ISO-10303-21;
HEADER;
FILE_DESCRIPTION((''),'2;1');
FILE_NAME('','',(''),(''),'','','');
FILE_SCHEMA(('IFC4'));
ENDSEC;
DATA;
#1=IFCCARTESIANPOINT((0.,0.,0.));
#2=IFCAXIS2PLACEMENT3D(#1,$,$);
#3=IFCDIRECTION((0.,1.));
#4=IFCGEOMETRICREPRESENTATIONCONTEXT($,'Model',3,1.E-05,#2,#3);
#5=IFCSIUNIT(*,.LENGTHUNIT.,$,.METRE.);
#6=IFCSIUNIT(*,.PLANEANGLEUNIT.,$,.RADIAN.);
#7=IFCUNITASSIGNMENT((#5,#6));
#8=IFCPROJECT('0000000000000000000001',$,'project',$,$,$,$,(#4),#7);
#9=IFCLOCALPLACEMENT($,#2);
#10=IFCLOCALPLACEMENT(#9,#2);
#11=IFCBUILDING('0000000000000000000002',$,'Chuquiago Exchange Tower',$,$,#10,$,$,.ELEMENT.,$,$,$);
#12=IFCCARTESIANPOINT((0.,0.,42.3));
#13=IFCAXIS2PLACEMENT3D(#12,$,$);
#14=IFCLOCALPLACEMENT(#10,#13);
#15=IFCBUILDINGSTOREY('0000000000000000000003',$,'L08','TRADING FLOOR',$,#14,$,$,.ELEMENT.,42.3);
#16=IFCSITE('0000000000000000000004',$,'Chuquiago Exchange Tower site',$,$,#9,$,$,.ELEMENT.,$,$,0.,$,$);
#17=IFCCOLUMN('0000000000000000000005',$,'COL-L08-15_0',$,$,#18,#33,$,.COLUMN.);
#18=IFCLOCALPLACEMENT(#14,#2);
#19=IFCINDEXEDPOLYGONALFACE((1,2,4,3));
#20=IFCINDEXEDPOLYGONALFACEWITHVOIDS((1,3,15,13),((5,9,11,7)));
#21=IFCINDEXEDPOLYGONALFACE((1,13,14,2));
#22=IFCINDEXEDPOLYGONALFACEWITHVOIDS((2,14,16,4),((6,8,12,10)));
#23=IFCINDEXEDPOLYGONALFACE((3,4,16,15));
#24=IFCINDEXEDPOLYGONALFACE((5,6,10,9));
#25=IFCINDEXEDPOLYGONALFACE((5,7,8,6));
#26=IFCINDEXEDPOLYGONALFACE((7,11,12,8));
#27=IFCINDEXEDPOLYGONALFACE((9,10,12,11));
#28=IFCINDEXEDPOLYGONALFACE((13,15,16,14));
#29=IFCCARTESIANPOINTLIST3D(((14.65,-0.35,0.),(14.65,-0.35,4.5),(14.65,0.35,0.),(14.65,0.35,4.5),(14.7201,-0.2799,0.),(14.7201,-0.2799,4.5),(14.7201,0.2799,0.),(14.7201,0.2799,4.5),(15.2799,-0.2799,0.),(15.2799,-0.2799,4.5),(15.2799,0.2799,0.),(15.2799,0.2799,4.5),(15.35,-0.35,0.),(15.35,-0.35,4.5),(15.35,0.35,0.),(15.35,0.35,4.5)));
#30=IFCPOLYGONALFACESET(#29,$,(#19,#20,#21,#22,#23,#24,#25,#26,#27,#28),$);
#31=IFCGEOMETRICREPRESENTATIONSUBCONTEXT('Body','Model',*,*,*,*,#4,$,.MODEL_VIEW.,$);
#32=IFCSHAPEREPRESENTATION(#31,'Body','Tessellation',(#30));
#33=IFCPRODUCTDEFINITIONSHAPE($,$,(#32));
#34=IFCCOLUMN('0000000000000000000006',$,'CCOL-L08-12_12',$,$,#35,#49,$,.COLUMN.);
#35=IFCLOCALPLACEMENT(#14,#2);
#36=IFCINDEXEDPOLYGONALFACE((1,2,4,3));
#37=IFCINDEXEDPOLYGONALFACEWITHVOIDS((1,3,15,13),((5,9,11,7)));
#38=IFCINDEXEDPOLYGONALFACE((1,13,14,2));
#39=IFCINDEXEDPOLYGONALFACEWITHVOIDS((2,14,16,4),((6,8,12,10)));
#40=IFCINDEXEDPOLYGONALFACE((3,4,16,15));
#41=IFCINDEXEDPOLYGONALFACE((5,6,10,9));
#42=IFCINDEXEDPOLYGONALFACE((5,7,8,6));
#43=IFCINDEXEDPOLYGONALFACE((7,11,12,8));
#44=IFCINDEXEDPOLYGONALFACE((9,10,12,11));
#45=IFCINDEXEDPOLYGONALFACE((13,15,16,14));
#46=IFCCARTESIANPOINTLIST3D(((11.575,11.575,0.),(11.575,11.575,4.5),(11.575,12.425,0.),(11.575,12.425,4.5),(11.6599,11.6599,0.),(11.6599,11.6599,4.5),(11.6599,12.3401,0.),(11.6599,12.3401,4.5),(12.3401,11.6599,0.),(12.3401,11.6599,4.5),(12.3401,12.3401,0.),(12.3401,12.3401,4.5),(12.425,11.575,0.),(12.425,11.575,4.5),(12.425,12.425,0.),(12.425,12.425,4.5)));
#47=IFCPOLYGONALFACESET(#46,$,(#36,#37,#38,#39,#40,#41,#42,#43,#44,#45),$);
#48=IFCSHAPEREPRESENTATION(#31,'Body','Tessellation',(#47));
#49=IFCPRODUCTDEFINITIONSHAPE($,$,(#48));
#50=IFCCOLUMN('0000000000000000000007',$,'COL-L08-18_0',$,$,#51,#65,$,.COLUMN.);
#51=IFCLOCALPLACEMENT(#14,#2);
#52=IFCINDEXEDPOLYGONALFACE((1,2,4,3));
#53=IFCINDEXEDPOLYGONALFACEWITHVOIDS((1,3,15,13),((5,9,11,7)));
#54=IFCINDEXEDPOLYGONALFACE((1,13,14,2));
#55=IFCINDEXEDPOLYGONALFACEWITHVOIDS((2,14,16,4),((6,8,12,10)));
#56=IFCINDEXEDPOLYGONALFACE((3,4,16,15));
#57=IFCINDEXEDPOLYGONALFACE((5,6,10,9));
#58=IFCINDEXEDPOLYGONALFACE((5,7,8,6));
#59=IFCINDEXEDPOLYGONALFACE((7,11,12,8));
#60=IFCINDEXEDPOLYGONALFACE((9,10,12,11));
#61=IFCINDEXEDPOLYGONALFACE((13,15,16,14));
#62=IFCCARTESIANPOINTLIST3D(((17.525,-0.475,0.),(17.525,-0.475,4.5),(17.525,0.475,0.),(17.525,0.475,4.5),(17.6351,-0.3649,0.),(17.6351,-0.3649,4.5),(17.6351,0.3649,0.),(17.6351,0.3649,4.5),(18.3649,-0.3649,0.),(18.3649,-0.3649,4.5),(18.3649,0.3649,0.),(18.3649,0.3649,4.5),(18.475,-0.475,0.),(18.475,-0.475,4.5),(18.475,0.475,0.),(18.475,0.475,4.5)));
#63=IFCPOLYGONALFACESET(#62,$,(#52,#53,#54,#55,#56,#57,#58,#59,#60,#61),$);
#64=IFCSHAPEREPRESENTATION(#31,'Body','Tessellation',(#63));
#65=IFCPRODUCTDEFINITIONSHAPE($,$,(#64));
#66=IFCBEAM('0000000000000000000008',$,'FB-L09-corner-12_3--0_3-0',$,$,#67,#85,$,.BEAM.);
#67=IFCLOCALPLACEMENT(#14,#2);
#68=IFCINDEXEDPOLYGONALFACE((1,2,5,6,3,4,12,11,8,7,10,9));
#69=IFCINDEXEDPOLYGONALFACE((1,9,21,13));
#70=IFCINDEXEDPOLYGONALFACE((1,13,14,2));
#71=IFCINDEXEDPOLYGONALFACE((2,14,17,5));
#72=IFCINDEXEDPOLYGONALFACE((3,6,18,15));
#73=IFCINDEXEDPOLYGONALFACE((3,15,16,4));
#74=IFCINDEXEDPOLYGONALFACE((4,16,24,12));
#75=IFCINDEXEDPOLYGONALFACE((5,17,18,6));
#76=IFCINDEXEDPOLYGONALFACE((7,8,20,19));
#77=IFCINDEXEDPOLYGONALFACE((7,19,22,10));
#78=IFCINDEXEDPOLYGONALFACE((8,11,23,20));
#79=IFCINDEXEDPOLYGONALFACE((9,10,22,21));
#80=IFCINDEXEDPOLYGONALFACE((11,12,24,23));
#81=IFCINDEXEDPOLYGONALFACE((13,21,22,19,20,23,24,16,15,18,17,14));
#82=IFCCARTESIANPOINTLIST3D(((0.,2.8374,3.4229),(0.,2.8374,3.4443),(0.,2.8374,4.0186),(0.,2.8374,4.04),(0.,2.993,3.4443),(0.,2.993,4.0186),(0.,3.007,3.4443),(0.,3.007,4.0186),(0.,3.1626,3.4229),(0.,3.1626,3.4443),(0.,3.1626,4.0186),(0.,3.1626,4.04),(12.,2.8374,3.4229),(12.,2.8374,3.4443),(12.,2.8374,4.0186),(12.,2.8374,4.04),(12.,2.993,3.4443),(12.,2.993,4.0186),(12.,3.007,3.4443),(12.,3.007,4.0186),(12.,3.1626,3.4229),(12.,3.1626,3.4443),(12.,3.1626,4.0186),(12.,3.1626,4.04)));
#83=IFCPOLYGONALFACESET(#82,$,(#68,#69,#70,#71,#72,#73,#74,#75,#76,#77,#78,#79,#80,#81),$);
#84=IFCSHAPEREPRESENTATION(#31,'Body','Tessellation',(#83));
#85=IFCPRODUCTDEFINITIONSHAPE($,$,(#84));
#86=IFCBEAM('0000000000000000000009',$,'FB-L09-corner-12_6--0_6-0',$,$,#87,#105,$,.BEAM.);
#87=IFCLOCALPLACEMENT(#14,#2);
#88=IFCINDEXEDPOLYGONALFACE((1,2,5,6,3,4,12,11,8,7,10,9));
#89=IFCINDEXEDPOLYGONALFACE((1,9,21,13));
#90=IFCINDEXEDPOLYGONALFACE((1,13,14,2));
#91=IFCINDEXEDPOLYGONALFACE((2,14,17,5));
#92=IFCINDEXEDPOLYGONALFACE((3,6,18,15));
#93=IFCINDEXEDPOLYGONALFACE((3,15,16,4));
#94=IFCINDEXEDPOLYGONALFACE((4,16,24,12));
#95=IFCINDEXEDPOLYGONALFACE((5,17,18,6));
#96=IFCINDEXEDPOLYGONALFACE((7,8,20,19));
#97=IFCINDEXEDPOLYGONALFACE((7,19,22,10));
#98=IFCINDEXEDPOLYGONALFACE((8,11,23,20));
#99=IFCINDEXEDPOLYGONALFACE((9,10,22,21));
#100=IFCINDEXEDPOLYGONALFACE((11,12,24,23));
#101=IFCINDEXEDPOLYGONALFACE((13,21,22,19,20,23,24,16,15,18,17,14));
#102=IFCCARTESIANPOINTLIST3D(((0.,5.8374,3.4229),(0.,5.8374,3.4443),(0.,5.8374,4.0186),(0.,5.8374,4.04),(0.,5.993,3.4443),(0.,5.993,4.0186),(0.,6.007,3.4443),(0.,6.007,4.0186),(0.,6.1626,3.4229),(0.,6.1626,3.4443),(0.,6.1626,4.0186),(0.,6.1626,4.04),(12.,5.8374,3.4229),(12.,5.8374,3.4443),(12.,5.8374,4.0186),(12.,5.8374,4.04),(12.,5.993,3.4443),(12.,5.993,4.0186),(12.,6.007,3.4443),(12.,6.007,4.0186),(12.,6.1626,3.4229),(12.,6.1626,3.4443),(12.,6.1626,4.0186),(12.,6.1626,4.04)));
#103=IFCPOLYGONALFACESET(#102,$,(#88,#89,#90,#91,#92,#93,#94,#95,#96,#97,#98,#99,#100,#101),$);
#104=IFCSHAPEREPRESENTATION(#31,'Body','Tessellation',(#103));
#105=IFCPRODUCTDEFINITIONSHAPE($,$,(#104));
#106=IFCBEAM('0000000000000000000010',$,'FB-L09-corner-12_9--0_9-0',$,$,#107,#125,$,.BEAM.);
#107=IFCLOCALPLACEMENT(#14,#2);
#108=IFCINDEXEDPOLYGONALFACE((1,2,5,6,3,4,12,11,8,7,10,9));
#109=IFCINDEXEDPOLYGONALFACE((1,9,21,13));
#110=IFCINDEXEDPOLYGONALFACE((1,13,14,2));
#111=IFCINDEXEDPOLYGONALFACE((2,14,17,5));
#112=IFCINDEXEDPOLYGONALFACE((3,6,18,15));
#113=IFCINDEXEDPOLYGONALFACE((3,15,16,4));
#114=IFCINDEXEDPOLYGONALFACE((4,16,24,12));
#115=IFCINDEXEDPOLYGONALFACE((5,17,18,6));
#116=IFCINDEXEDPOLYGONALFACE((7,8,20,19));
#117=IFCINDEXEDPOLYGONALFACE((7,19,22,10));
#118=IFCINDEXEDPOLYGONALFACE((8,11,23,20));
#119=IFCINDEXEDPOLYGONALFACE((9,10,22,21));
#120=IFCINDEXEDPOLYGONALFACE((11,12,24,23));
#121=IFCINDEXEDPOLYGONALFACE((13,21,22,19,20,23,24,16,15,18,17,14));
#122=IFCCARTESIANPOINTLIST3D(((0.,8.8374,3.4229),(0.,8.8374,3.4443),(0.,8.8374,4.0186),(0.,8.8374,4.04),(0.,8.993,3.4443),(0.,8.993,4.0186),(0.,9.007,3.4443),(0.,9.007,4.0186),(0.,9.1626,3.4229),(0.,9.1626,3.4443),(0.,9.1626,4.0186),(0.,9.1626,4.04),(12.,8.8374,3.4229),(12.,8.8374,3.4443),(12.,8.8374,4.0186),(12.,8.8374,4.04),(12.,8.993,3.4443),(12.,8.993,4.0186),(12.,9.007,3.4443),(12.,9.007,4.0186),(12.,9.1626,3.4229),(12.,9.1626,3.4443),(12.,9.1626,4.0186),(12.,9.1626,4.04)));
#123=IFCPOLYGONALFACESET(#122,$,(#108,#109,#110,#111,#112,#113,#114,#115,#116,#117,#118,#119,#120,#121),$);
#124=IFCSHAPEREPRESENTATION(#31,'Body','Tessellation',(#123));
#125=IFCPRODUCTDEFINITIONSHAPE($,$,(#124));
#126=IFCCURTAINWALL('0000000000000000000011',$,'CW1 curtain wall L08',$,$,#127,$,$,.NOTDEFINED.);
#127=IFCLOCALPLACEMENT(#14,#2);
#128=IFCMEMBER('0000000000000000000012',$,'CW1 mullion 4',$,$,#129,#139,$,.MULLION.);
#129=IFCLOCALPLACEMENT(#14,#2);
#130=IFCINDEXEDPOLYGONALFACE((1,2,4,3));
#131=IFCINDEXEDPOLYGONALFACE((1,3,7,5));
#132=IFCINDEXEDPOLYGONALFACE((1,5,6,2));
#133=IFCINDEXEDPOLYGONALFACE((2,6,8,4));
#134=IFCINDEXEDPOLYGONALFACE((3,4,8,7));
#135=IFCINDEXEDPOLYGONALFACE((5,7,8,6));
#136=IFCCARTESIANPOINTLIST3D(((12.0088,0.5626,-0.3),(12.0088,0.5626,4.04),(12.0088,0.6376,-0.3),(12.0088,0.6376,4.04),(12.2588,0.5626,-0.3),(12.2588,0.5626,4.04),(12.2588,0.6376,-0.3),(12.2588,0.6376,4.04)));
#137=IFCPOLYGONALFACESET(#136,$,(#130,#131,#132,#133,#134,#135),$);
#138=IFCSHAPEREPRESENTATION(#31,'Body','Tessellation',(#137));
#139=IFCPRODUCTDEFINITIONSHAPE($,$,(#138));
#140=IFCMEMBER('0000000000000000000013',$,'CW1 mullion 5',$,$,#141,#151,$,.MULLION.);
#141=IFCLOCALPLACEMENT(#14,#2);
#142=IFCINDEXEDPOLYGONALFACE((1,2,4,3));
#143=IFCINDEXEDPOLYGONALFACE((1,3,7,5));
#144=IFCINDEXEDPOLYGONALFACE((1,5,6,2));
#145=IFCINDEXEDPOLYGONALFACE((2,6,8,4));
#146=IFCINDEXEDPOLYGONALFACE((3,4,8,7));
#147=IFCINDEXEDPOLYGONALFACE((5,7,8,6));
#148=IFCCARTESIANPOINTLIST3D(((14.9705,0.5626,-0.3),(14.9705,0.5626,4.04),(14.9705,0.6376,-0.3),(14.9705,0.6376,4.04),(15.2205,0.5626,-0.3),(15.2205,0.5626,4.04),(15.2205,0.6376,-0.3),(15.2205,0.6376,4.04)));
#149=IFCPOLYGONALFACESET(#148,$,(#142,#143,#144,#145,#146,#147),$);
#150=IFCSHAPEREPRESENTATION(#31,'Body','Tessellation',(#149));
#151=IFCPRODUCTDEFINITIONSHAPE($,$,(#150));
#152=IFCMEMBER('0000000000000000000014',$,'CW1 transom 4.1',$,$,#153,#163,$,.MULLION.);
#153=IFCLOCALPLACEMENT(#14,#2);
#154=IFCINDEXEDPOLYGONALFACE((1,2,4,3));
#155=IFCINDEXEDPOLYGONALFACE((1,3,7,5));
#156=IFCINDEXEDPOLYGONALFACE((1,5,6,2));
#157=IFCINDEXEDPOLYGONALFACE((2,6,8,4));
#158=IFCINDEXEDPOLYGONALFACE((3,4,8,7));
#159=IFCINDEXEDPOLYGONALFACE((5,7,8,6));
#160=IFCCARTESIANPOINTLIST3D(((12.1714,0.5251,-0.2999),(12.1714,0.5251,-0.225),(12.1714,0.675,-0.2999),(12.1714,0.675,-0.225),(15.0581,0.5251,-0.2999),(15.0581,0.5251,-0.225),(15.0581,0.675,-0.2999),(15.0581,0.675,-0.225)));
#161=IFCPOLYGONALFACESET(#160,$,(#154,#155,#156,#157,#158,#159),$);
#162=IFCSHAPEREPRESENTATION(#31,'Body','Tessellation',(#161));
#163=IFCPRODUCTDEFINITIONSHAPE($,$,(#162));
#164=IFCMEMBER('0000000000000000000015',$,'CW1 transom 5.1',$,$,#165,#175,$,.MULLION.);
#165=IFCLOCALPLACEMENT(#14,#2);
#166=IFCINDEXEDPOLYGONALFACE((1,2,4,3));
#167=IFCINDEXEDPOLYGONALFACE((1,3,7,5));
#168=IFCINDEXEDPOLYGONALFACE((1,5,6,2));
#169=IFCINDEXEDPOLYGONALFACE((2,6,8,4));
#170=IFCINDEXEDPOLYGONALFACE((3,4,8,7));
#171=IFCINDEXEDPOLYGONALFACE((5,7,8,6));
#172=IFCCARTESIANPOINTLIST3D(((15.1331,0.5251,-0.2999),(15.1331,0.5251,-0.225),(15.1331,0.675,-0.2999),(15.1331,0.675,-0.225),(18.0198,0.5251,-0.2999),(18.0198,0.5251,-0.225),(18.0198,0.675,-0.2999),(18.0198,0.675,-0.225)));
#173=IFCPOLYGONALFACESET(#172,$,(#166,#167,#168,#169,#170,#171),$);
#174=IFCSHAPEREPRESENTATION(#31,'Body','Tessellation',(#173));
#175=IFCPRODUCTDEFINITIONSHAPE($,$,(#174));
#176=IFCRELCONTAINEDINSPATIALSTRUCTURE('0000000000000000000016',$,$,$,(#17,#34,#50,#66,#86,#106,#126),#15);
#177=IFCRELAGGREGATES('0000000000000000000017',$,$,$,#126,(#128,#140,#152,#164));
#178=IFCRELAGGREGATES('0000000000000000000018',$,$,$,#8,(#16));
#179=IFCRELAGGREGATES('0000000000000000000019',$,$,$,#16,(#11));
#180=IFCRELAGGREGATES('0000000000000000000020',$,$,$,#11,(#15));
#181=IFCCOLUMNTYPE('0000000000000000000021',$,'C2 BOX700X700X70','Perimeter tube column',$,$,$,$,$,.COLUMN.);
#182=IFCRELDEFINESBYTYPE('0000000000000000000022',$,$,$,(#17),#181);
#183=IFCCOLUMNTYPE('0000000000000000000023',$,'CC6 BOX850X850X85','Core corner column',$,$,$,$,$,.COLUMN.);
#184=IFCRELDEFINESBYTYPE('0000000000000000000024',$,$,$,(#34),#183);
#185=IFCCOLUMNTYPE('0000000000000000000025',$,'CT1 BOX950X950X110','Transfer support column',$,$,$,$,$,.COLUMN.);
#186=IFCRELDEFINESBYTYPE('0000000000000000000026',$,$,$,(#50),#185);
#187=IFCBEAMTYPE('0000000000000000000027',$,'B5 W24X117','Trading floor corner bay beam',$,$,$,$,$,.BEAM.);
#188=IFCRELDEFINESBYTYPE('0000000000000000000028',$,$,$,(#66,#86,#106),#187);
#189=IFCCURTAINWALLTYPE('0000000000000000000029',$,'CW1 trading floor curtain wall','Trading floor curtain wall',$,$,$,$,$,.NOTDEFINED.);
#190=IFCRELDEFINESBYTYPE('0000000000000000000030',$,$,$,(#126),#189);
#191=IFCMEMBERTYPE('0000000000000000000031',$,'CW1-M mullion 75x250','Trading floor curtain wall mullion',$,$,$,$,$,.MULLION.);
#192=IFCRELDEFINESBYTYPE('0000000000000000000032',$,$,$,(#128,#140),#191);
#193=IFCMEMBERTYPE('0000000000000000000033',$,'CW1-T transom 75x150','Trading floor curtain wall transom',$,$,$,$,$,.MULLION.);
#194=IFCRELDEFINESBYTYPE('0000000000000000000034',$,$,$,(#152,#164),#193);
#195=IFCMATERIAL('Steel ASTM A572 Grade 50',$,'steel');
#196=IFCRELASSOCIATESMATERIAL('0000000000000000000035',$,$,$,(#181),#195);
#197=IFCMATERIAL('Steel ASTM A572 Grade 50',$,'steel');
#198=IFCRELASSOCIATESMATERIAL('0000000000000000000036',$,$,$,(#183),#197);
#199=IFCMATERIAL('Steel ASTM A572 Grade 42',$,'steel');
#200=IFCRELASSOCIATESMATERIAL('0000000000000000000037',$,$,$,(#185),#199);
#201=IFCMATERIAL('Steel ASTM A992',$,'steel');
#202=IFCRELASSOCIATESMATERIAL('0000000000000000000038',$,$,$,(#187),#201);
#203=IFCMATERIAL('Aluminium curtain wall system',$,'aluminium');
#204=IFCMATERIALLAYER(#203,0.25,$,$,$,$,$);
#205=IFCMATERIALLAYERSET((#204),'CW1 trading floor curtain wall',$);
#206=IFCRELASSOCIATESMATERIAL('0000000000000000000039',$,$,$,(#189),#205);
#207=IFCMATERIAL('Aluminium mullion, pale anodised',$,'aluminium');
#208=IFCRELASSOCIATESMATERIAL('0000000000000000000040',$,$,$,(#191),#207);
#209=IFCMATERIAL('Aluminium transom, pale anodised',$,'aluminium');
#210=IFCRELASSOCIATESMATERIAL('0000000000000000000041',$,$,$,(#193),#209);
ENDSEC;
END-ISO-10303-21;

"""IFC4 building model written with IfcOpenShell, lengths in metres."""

from ifc_helpers import new_model, si_unit, direction, frame, origin, origin_2d, place, context, subcontext, project, spatial, rectangle, hollow_rectangle, i_section, extrude, material, layer, layer_set, material_profile, profile_set, type_object, element, aggregate, save


model = new_model("IFC4")

# Units and contexts
model_context = context("Model", 3, precision=1e-05, world=origin(), true_north=direction((0.0, 1.0)))
body_context = subcontext(model_context, "Body", "Model", "MODEL_VIEW")
ifc_project = project(units=[si_unit("LENGTHUNIT", "METRE"), si_unit("PLANEANGLEUNIT", "RADIAN")], contexts=[model_context])

# Site, building, storey
site_placement = place(None, origin())
site = spatial("IfcSite", under=ifc_project, at=site_placement, Name="Chuquiago Exchange Tower site", CompositionType="ELEMENT", RefElevation=0.0)
building_placement = place(site_placement, origin())
building = spatial("IfcBuilding", under=site, at=building_placement, Name="Chuquiago Exchange Tower", CompositionType="ELEMENT")
storey_placement = place(building_placement, frame((0.0, 0.0, 42.3)))
storey = spatial("IfcBuildingStorey", under=building, at=storey_placement, Name="L08", Description="TRADING FLOOR", CompositionType="ELEMENT", Elevation=42.3)

# Columns
ifc_material_1 = material(Name="Steel ASTM A572 Grade 50", Category="steel")
ifc_material_profile_1 = material_profile(ifc_material_1, hollow_rectangle(XDim=0.7, YDim=0.7, WallThickness=0.0701, at=origin_2d()), Name="BOX700X700X70")
ifc_profile_set_1 = profile_set([ifc_material_profile_1], Name="Steel ASTM A572 Grade 50")
column_type_1 = type_object("IfcColumnType", Name="C2 BOX700X700X70", Description="Perimeter tube column", PredefinedType="COLUMN", material=ifc_profile_set_1)
column_1_placement = place(storey_placement, frame((15.0, 0.0, 0.0), z_axis=(0.0, 0.0, 1.0), x_axis=(0.0, -1.0, 0.0)))
element("IfcColumn", 1, at=column_1_placement, inside=storey, type_object=column_type_1, Name="COL-L08-15_0", PredefinedType="COLUMN", context=body_context, shape_type="SweptSolid", body=[
    extrude(hollow_rectangle(XDim=0.7, YDim=0.7, WallThickness=0.0701, at=origin_2d()), origin(), (0.0, 0.0, 1.0), 4.5),
])
ifc_material_2 = material(Name="Steel ASTM A572 Grade 50", Category="steel")
ifc_material_profile_2 = material_profile(ifc_material_2, hollow_rectangle(XDim=0.8501, YDim=0.8501, WallThickness=0.085, at=origin_2d()), Name="BOX850X850X85")
ifc_profile_set_2 = profile_set([ifc_material_profile_2], Name="Steel ASTM A572 Grade 50")
column_type_2 = type_object("IfcColumnType", Name="CC6 BOX850X850X85", Description="Core corner column", PredefinedType="COLUMN", material=ifc_profile_set_2)
column_2_placement = place(storey_placement, frame((12.0, 12.0, 0.0), z_axis=(0.0, 0.0, 1.0), x_axis=(1.0, 0.0, 0.0)))
element("IfcColumn", 2, at=column_2_placement, inside=storey, type_object=column_type_2, Name="CCOL-L08-12_12", PredefinedType="COLUMN", context=body_context, shape_type="SweptSolid", body=[
    extrude(hollow_rectangle(XDim=0.8501, YDim=0.8501, WallThickness=0.085, at=origin_2d()), origin(), (0.0, 0.0, 1.0), 4.5),
])
ifc_material_3 = material(Name="Steel ASTM A572 Grade 42", Category="steel")
ifc_material_profile_3 = material_profile(ifc_material_3, hollow_rectangle(XDim=0.95, YDim=0.95, WallThickness=0.1101, at=origin_2d()), Name="BOX950X950X110")
ifc_profile_set_3 = profile_set([ifc_material_profile_3], Name="Steel ASTM A572 Grade 42")
column_type_3 = type_object("IfcColumnType", Name="CT1 BOX950X950X110", Description="Transfer support column", PredefinedType="COLUMN", material=ifc_profile_set_3)
column_3_placement = place(storey_placement, frame((18.0, 0.0, 0.0), z_axis=(0.0, 0.0, 1.0), x_axis=(0.0, -1.0, 0.0)))
element("IfcColumn", 3, at=column_3_placement, inside=storey, type_object=column_type_3, Name="COL-L08-18_0", PredefinedType="COLUMN", context=body_context, shape_type="SweptSolid", body=[
    extrude(hollow_rectangle(XDim=0.95, YDim=0.95, WallThickness=0.1101, at=origin_2d()), origin(), (0.0, 0.0, 1.0), 4.5),
])

# Beams
ifc_material_4 = material(Name="Steel ASTM A992", Category="steel")
ifc_material_profile_4 = material_profile(ifc_material_4, i_section(OverallWidth=0.3252, OverallDepth=0.6172, WebThickness=0.0139, FlangeThickness=0.0215, at=origin_2d()), Name="W24X117")
ifc_profile_set_4 = profile_set([ifc_material_profile_4], Name="Steel ASTM A992")
beam_type_1 = type_object("IfcBeamType", Name="B5 W24X117", Description="Trading floor corner bay beam", PredefinedType="BEAM", material=ifc_profile_set_4)
for number, where, z_axis, x_axis, name in (
    (4, (12.0, 3.0, 3.7314), (-1.0, 0.0, 0.0), (0.0, -1.0, 0.0), "FB-L09-corner-12_3--0_3-0"),
    (5, (12.0, 6.0, 3.7314), (-1.0, 0.0, 0.0), (0.0, -1.0, 0.0), "FB-L09-corner-12_6--0_6-0"),
    (6, (12.0, 9.0, 3.7314), (-1.0, 0.0, 0.0), (0.0, -1.0, 0.0), "FB-L09-corner-12_9--0_9-0"),
):
    element("IfcBeam", number, at=place(storey_placement, frame(where, z_axis=z_axis, x_axis=x_axis)), inside=storey, type_object=beam_type_1, Name=name, PredefinedType="BEAM", context=body_context, shape_type="SweptSolid", body=[
        extrude(i_section(OverallWidth=0.3252, OverallDepth=0.6172, WebThickness=0.0139, FlangeThickness=0.0215, at=origin_2d()), origin(), (0.0, 0.0, 1.0), 12.0),
    ])

# Curtain wall, members
ifc_material_5 = material(Name="Aluminium curtain wall system", Category="aluminium")
ifc_layer_1 = layer(ifc_material_5, 0.25)
ifc_layer_set_1 = layer_set([ifc_layer_1], Name="CW1 trading floor curtain wall")
curtain_wall_type = type_object("IfcCurtainWallType", Name="CW1 trading floor curtain wall", Description="Trading floor curtain wall", PredefinedType="NOTDEFINED", material=ifc_layer_set_1)
curtain_wall_placement = place(storey_placement, origin())
curtain_wall = element("IfcCurtainWall", 7, at=curtain_wall_placement, inside=storey, type_object=curtain_wall_type, Name="CW1 curtain wall L08", PredefinedType="NOTDEFINED")
ifc_material_6 = material(Name="Aluminium mullion, pale anodised", Category="aluminium")
ifc_material_profile_5 = material_profile(ifc_material_6, rectangle(XDim=0.075, YDim=0.25, at=origin_2d()), Name="AL 75x250")
ifc_profile_set_5 = profile_set([ifc_material_profile_5], Name="Aluminium mullion, pale anodised")
member_type_1 = type_object("IfcMemberType", Name="CW1-M mullion 75x250", Description="Trading floor curtain wall mullion", PredefinedType="MULLION", material=ifc_profile_set_5)
member_1_placement = place(storey_placement, frame((12.1338, 0.6001, -0.3), z_axis=(0.0, 0.0, 1.0), x_axis=(0.0, 1.0, 0.0)))
member_1 = element("IfcMember", 8, at=member_1_placement, type_object=member_type_1, Name="CW1 mullion 4", PredefinedType="MULLION", context=body_context, shape_type="SweptSolid", body=[
    extrude(rectangle(XDim=0.075, YDim=0.25, at=origin_2d()), origin(), (0.0, 0.0, 1.0), 4.3401),
])
member_2_placement = place(storey_placement, frame((15.0955, 0.6001, -0.3), z_axis=(0.0, 0.0, 1.0), x_axis=(0.0, 1.0, 0.0)))
member_2 = element("IfcMember", 9, at=member_2_placement, type_object=member_type_1, Name="CW1 mullion 5", PredefinedType="MULLION", context=body_context, shape_type="SweptSolid", body=[
    extrude(rectangle(XDim=0.075, YDim=0.25, at=origin_2d()), origin(), (0.0, 0.0, 1.0), 4.3401),
])
ifc_material_7 = material(Name="Aluminium transom, pale anodised", Category="aluminium")
ifc_material_profile_6 = material_profile(ifc_material_7, rectangle(XDim=0.1499, YDim=0.075, at=origin_2d()), Name="AL 150x75")
ifc_profile_set_6 = profile_set([ifc_material_profile_6], Name="Aluminium transom, pale anodised")
member_type_2 = type_object("IfcMemberType", Name="CW1-T transom 75x150", Description="Trading floor curtain wall transom", PredefinedType="MULLION", material=ifc_profile_set_6)
member_3_placement = place(storey_placement, frame((12.1714, 0.6001, -0.2625), z_axis=(1.0, 0.0, 0.0), x_axis=(0.0, 1.0, 0.0)))
member_3 = element("IfcMember", 10, at=member_3_placement, type_object=member_type_2, Name="CW1 transom 4.1", PredefinedType="MULLION", context=body_context, shape_type="SweptSolid", body=[
    extrude(rectangle(XDim=0.1499, YDim=0.075, at=origin_2d()), origin(), (0.0, 0.0, 1.0), 2.8867),
])
member_4_placement = place(storey_placement, frame((15.1331, 0.6001, -0.2625), z_axis=(1.0, 0.0, 0.0), x_axis=(0.0, 1.0, 0.0)))
member_4 = element("IfcMember", 11, at=member_4_placement, type_object=member_type_2, Name="CW1 transom 5.1", PredefinedType="MULLION", context=body_context, shape_type="SweptSolid", body=[
    extrude(rectangle(XDim=0.1499, YDim=0.075, at=origin_2d()), origin(), (0.0, 0.0, 1.0), 2.8867),
])

aggregate(curtain_wall, [member_1, member_2, member_3, member_4])

save(model, "model.ifc")
